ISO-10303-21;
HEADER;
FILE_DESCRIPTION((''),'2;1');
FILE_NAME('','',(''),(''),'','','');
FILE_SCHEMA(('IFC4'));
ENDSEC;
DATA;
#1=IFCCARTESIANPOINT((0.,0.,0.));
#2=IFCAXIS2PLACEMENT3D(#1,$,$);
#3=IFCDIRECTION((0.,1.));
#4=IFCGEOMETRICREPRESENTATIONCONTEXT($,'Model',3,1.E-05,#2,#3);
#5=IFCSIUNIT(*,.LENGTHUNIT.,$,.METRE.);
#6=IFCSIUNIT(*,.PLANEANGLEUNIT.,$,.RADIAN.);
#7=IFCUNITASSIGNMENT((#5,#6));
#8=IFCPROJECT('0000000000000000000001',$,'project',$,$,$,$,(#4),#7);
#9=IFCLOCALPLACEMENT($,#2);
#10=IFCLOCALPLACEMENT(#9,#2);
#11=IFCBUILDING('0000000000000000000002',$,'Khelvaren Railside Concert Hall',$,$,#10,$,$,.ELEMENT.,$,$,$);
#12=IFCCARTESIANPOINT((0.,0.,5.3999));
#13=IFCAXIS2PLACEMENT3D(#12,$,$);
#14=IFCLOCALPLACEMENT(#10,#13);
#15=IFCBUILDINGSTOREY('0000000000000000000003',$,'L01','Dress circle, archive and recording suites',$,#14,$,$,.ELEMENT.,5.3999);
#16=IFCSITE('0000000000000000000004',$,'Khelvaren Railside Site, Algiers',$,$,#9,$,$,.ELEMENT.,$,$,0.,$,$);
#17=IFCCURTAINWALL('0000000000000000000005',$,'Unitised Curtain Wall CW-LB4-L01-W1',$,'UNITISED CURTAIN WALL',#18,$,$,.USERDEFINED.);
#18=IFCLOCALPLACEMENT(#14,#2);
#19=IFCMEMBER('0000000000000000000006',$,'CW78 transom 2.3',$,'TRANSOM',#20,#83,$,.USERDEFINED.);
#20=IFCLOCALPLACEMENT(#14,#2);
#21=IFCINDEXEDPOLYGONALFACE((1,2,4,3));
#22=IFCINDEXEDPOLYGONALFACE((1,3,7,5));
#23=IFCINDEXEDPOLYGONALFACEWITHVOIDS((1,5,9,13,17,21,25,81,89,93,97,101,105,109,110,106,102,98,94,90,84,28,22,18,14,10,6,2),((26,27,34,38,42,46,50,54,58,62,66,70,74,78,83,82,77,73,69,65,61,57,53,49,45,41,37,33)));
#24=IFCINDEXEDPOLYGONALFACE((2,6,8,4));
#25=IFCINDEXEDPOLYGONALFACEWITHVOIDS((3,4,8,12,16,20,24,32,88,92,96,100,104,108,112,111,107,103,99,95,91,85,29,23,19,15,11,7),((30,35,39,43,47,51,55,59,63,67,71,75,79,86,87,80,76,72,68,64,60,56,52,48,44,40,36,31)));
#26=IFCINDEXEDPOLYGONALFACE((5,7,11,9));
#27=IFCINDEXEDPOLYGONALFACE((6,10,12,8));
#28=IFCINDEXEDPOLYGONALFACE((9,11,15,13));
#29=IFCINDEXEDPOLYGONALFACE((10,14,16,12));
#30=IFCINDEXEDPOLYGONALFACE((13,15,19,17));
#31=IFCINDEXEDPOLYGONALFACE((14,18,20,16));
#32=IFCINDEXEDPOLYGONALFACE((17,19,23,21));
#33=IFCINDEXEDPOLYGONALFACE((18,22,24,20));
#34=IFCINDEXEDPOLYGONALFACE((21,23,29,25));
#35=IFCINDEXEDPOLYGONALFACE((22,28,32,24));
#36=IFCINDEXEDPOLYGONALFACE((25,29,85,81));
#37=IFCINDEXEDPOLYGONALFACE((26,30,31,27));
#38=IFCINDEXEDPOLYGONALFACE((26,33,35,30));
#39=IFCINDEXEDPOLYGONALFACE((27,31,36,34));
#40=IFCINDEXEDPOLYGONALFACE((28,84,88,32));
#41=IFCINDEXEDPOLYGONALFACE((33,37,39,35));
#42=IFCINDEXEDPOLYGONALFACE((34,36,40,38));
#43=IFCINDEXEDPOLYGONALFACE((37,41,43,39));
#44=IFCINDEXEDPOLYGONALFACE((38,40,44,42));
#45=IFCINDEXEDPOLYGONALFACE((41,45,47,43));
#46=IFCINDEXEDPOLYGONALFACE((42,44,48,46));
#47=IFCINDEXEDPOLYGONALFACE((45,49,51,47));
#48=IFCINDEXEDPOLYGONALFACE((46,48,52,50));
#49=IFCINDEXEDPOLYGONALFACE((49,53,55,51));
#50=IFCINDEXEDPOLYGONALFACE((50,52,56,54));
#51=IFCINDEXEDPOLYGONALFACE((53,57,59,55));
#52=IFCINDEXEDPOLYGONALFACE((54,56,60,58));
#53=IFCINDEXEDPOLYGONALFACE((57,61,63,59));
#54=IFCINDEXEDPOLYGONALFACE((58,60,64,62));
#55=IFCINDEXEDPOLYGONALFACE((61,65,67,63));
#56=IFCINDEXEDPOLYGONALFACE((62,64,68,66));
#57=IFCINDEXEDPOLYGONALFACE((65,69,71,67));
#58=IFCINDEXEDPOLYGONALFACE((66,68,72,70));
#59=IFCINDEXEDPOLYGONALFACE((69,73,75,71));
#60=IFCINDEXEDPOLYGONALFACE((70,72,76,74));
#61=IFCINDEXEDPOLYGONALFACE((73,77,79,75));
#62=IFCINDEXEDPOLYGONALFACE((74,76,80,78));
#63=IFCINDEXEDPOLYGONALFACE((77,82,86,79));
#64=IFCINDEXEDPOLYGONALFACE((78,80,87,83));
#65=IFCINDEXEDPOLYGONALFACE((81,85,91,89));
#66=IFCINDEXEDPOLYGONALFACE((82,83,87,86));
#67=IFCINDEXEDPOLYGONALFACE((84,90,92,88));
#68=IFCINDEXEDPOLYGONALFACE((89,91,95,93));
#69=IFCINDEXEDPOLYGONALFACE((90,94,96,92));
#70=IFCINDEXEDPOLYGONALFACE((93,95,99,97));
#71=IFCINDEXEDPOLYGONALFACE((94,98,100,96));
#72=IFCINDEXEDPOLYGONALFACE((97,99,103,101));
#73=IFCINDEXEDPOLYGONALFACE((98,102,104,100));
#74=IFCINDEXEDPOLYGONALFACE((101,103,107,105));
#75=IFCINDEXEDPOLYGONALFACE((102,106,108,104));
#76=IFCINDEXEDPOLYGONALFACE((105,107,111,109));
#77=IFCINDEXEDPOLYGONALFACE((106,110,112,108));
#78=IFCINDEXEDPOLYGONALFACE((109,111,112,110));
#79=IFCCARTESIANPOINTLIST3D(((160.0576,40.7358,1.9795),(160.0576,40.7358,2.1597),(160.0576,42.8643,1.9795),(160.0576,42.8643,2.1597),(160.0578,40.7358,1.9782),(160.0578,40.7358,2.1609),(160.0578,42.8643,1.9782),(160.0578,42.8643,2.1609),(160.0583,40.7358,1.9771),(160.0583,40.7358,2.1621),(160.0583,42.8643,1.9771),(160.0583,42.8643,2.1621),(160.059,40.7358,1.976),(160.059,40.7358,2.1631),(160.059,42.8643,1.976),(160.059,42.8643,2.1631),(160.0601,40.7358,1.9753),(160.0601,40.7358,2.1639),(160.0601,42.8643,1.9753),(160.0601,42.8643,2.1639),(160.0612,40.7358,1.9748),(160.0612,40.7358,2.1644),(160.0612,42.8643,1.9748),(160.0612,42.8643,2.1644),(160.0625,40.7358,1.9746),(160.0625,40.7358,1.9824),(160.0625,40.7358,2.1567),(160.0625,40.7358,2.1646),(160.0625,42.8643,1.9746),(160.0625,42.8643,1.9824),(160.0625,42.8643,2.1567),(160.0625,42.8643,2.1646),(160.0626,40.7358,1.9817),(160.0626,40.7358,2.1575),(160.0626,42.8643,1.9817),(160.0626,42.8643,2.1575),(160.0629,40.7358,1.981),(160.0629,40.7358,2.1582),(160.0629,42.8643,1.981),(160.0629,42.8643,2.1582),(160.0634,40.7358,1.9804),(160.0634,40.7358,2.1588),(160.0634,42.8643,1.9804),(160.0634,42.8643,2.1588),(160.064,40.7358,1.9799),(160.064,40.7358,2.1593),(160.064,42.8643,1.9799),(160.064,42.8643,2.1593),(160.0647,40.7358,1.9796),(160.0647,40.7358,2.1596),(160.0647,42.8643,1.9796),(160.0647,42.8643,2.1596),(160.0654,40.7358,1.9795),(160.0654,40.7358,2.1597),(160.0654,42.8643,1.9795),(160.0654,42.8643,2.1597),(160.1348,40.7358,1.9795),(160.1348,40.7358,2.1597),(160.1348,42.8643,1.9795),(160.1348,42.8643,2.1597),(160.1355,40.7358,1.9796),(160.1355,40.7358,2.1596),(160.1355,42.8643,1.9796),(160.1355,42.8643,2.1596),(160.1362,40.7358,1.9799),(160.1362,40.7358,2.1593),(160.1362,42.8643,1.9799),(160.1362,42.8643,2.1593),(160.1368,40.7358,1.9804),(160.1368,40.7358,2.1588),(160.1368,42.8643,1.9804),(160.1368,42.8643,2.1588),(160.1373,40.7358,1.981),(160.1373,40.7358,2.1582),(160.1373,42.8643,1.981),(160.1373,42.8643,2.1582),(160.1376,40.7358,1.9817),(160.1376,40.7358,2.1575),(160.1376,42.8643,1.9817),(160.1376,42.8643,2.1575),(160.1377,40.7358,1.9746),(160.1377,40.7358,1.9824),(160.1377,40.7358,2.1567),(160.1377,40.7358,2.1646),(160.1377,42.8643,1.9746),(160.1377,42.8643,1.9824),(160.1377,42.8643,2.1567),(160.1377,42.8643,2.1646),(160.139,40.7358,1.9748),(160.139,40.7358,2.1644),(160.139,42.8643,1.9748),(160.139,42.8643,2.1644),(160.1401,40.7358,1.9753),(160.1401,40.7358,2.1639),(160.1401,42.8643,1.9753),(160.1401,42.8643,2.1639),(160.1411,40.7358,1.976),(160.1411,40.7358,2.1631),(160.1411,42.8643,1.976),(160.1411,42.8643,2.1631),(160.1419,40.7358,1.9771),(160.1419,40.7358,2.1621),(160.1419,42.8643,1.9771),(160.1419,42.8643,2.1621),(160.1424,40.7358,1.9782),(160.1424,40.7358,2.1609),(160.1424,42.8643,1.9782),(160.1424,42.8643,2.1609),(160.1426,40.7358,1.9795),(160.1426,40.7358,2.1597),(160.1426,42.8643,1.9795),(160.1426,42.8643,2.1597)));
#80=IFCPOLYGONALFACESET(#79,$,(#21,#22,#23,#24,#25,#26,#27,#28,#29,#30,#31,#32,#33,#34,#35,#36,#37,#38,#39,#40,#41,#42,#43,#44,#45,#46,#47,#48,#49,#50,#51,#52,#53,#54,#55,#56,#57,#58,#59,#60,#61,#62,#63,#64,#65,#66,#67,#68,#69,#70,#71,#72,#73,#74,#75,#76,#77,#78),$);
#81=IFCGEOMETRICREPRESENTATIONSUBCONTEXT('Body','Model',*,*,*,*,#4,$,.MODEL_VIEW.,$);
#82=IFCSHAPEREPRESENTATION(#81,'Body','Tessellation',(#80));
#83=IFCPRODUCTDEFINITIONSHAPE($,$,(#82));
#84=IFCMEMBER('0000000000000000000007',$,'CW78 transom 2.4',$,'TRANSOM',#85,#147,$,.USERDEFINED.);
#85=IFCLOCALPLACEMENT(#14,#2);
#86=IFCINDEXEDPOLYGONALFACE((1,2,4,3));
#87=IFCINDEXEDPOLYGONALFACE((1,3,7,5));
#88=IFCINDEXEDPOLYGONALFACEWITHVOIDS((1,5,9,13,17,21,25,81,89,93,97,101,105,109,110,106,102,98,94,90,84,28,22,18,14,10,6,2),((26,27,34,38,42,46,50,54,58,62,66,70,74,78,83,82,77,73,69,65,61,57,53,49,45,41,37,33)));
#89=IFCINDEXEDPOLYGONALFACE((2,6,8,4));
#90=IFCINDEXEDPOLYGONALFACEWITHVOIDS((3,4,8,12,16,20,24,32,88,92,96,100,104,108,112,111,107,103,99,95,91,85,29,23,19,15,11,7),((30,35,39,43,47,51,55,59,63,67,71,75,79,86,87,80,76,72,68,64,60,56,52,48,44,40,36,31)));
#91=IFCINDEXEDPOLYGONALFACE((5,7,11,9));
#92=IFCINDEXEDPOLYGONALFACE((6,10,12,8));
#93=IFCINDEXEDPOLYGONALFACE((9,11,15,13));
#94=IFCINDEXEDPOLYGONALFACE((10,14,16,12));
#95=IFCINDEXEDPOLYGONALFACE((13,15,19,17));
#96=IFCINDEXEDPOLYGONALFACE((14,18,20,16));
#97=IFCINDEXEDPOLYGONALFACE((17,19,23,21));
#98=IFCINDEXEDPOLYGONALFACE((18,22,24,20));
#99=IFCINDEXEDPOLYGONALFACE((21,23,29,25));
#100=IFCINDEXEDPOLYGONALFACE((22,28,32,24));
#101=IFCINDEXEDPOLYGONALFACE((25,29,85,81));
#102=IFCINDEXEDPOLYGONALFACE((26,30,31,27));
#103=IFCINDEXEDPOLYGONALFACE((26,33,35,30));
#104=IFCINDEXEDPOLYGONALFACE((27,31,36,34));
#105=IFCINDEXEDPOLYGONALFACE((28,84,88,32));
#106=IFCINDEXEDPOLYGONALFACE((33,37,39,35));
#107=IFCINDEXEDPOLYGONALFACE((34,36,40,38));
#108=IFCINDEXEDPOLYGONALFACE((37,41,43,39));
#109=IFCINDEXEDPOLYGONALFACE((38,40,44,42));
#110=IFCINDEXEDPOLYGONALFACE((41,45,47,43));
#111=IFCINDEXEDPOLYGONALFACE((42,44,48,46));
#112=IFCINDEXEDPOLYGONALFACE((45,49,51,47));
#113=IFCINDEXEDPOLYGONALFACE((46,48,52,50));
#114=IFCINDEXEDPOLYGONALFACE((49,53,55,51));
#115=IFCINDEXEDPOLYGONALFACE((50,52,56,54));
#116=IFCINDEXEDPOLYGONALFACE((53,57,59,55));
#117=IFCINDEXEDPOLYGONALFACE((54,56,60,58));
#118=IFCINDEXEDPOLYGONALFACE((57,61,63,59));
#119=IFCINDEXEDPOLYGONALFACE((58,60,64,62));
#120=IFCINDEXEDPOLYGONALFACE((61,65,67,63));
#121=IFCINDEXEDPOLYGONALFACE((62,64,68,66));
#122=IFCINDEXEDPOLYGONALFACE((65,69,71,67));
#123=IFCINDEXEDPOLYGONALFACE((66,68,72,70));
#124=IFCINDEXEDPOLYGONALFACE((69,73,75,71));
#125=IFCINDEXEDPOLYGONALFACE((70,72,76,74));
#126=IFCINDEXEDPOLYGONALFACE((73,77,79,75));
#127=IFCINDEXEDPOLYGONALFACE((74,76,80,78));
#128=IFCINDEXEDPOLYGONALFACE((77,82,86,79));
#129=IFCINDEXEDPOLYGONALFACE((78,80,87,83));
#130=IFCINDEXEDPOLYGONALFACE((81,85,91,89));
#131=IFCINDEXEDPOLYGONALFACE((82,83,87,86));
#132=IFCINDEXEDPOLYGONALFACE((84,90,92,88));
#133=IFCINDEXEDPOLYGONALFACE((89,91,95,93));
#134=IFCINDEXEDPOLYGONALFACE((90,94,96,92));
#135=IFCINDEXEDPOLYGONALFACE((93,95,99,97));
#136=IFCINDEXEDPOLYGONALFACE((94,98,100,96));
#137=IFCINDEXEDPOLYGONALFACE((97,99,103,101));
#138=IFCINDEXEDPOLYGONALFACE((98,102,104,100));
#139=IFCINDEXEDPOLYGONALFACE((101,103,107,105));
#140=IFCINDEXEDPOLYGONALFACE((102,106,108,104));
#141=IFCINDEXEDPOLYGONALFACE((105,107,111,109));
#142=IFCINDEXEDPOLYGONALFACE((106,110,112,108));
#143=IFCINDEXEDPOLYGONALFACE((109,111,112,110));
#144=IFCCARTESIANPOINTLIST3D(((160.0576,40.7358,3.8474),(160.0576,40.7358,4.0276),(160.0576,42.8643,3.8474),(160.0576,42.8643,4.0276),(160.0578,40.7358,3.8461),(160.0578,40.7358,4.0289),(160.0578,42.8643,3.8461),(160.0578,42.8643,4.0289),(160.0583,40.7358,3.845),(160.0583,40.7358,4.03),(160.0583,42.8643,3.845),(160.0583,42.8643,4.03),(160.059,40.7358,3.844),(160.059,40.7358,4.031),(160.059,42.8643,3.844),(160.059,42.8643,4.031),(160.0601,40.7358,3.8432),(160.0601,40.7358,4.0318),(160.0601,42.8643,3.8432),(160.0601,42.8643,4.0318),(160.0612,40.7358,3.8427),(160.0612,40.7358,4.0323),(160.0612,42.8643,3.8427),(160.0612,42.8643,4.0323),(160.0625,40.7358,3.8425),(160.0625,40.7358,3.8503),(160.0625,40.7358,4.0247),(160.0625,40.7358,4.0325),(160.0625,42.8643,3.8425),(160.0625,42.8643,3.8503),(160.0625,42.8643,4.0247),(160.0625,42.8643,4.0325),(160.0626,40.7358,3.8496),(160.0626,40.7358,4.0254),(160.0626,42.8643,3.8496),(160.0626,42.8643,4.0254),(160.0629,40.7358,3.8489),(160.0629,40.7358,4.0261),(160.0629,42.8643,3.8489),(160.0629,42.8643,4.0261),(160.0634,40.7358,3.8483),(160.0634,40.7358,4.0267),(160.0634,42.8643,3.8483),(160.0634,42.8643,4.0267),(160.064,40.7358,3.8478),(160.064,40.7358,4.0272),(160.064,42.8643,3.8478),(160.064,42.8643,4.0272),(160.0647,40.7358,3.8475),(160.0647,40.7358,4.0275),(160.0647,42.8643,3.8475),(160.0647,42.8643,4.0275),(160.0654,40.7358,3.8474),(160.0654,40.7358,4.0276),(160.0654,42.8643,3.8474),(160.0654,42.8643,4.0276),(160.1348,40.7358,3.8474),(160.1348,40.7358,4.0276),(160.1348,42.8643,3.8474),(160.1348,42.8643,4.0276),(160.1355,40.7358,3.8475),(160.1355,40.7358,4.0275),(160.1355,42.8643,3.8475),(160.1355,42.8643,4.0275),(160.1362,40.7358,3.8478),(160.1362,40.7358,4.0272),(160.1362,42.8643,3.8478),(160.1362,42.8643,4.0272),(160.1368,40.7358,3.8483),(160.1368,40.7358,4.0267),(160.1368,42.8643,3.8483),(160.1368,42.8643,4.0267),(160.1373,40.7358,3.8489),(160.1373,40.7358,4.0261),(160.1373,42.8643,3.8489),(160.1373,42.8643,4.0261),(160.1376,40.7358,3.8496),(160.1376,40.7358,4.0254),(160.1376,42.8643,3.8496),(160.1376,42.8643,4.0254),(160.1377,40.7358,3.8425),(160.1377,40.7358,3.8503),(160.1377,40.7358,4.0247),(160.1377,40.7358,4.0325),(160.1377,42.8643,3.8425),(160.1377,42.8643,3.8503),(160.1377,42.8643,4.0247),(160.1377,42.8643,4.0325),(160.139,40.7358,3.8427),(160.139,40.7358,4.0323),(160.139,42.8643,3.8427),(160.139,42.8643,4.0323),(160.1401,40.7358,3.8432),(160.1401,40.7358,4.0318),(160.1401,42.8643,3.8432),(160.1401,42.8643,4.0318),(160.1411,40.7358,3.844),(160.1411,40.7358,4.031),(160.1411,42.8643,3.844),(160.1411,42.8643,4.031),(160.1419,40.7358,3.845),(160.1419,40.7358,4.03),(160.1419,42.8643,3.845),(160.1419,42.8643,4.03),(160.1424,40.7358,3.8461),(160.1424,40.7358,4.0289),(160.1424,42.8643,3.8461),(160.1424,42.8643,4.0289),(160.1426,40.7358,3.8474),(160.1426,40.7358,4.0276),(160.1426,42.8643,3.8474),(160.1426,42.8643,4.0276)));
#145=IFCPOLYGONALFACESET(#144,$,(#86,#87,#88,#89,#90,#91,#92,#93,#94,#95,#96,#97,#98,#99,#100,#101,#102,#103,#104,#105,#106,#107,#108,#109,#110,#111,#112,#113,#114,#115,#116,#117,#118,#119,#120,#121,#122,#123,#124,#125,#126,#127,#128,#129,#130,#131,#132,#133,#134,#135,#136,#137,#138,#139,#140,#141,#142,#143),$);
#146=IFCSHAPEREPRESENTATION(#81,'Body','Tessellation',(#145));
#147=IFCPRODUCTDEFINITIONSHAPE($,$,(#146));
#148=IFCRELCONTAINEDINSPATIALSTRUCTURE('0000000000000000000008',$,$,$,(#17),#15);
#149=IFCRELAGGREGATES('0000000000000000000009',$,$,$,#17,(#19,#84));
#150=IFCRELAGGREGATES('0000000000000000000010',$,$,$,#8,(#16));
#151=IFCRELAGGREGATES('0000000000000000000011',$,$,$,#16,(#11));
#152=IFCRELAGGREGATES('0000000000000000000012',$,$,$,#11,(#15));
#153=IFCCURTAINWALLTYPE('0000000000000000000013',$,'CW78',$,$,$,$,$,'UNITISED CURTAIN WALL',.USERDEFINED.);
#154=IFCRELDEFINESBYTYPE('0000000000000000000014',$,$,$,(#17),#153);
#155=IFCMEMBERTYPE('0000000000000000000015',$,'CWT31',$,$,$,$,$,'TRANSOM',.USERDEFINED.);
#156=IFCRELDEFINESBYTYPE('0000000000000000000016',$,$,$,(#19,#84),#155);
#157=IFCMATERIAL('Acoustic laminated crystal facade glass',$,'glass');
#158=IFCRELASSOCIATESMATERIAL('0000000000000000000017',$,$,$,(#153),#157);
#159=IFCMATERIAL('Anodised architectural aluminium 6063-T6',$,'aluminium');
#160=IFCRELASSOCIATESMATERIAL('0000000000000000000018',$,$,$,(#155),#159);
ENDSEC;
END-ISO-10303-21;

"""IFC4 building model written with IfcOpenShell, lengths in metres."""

from ifc_helpers import new_model, si_unit, direction, frame, origin, origin_2d, place, context, subcontext, project, spatial, hollow_rectangle, extrude, material, material_profile, profile_set, type_object, element, aggregate, save


model = new_model("IFC4")

# Units and contexts
model_context = context("Model", 3, precision=1e-05, world=origin(), true_north=direction((0.0, 1.0)))
body_context = subcontext(model_context, "Body", "Model", "MODEL_VIEW")
ifc_project = project(units=[si_unit("LENGTHUNIT", "METRE"), si_unit("PLANEANGLEUNIT", "RADIAN")], contexts=[model_context])

# Site, building, storey
site_placement = place(None, origin())
site = spatial("IfcSite", under=ifc_project, at=site_placement, Name="Khelvaren Railside Site, Algiers", CompositionType="ELEMENT", RefElevation=0.0)
building_placement = place(site_placement, origin())
building = spatial("IfcBuilding", under=site, at=building_placement, Name="Khelvaren Railside Concert Hall", CompositionType="ELEMENT")
storey_placement = place(building_placement, frame((0.0, 0.0, 5.3999)))
storey = spatial("IfcBuildingStorey", under=building, at=storey_placement, Name="L01", Description="Dress circle, archive and recording suites", CompositionType="ELEMENT", Elevation=5.3999)

# Curtain wall, members
ifc_material_1 = material(Name="Acoustic laminated crystal facade glass", Category="glass")
curtain_wall_type = type_object("IfcCurtainWallType", Name="CW78", ElementType="UNITISED CURTAIN WALL", PredefinedType="USERDEFINED", material=ifc_material_1)
curtain_wall_placement = place(storey_placement, origin())
curtain_wall = element("IfcCurtainWall", 1, at=curtain_wall_placement, inside=storey, type_object=curtain_wall_type, Name="Unitised Curtain Wall CW-LB4-L01-W1", ObjectType="UNITISED CURTAIN WALL", PredefinedType="USERDEFINED")
ifc_material_2 = material(Name="Anodised architectural aluminium 6063-T6", Category="aluminium")
ifc_material_profile_1 = material_profile(ifc_material_2, hollow_rectangle(XDim=0.085, YDim=0.1899, WallThickness=0.0049, InnerFilletRadius=0.0029, OuterFilletRadius=0.0049, at=origin_2d()), Name="CWT 85x190x5")
ifc_profile_set_1 = profile_set([ifc_material_profile_1], Name="Anodised architectural aluminium 6063-T6")
member_type_1 = type_object("IfcMemberType", Name="CWT31", ElementType="TRANSOM", PredefinedType="USERDEFINED", material=ifc_profile_set_1)
member_1_placement = place(storey_placement, frame((160.1001, 40.7358, 2.0696), z_axis=(0.0, 1.0, 0.0), x_axis=(-1.0, 0.0, 0.0)))
member_1 = element("IfcMember", 2, at=member_1_placement, type_object=member_type_1, Name="CW78 transom 2.3", ObjectType="TRANSOM", PredefinedType="USERDEFINED", context=body_context, shape_type="SweptSolid", body=[
    extrude(hollow_rectangle(XDim=0.085, YDim=0.1899, WallThickness=0.0049, InnerFilletRadius=0.0029, OuterFilletRadius=0.0049, at=origin_2d()), origin(), (0.0, 0.0, 1.0), 2.1284),
])
member_2_placement = place(storey_placement, frame((160.1001, 40.7358, 3.9375), z_axis=(0.0, 1.0, 0.0), x_axis=(-1.0, 0.0, 0.0)))
member_2 = element("IfcMember", 3, at=member_2_placement, type_object=member_type_1, Name="CW78 transom 2.4", ObjectType="TRANSOM", PredefinedType="USERDEFINED", context=body_context, shape_type="SweptSolid", body=[
    extrude(hollow_rectangle(XDim=0.085, YDim=0.1899, WallThickness=0.0049, InnerFilletRadius=0.0029, OuterFilletRadius=0.0049, at=origin_2d()), origin(), (0.0, 0.0, 1.0), 2.1284),
])
aggregate(curtain_wall, [member_1, member_2])

save(model, "model.ifc")
